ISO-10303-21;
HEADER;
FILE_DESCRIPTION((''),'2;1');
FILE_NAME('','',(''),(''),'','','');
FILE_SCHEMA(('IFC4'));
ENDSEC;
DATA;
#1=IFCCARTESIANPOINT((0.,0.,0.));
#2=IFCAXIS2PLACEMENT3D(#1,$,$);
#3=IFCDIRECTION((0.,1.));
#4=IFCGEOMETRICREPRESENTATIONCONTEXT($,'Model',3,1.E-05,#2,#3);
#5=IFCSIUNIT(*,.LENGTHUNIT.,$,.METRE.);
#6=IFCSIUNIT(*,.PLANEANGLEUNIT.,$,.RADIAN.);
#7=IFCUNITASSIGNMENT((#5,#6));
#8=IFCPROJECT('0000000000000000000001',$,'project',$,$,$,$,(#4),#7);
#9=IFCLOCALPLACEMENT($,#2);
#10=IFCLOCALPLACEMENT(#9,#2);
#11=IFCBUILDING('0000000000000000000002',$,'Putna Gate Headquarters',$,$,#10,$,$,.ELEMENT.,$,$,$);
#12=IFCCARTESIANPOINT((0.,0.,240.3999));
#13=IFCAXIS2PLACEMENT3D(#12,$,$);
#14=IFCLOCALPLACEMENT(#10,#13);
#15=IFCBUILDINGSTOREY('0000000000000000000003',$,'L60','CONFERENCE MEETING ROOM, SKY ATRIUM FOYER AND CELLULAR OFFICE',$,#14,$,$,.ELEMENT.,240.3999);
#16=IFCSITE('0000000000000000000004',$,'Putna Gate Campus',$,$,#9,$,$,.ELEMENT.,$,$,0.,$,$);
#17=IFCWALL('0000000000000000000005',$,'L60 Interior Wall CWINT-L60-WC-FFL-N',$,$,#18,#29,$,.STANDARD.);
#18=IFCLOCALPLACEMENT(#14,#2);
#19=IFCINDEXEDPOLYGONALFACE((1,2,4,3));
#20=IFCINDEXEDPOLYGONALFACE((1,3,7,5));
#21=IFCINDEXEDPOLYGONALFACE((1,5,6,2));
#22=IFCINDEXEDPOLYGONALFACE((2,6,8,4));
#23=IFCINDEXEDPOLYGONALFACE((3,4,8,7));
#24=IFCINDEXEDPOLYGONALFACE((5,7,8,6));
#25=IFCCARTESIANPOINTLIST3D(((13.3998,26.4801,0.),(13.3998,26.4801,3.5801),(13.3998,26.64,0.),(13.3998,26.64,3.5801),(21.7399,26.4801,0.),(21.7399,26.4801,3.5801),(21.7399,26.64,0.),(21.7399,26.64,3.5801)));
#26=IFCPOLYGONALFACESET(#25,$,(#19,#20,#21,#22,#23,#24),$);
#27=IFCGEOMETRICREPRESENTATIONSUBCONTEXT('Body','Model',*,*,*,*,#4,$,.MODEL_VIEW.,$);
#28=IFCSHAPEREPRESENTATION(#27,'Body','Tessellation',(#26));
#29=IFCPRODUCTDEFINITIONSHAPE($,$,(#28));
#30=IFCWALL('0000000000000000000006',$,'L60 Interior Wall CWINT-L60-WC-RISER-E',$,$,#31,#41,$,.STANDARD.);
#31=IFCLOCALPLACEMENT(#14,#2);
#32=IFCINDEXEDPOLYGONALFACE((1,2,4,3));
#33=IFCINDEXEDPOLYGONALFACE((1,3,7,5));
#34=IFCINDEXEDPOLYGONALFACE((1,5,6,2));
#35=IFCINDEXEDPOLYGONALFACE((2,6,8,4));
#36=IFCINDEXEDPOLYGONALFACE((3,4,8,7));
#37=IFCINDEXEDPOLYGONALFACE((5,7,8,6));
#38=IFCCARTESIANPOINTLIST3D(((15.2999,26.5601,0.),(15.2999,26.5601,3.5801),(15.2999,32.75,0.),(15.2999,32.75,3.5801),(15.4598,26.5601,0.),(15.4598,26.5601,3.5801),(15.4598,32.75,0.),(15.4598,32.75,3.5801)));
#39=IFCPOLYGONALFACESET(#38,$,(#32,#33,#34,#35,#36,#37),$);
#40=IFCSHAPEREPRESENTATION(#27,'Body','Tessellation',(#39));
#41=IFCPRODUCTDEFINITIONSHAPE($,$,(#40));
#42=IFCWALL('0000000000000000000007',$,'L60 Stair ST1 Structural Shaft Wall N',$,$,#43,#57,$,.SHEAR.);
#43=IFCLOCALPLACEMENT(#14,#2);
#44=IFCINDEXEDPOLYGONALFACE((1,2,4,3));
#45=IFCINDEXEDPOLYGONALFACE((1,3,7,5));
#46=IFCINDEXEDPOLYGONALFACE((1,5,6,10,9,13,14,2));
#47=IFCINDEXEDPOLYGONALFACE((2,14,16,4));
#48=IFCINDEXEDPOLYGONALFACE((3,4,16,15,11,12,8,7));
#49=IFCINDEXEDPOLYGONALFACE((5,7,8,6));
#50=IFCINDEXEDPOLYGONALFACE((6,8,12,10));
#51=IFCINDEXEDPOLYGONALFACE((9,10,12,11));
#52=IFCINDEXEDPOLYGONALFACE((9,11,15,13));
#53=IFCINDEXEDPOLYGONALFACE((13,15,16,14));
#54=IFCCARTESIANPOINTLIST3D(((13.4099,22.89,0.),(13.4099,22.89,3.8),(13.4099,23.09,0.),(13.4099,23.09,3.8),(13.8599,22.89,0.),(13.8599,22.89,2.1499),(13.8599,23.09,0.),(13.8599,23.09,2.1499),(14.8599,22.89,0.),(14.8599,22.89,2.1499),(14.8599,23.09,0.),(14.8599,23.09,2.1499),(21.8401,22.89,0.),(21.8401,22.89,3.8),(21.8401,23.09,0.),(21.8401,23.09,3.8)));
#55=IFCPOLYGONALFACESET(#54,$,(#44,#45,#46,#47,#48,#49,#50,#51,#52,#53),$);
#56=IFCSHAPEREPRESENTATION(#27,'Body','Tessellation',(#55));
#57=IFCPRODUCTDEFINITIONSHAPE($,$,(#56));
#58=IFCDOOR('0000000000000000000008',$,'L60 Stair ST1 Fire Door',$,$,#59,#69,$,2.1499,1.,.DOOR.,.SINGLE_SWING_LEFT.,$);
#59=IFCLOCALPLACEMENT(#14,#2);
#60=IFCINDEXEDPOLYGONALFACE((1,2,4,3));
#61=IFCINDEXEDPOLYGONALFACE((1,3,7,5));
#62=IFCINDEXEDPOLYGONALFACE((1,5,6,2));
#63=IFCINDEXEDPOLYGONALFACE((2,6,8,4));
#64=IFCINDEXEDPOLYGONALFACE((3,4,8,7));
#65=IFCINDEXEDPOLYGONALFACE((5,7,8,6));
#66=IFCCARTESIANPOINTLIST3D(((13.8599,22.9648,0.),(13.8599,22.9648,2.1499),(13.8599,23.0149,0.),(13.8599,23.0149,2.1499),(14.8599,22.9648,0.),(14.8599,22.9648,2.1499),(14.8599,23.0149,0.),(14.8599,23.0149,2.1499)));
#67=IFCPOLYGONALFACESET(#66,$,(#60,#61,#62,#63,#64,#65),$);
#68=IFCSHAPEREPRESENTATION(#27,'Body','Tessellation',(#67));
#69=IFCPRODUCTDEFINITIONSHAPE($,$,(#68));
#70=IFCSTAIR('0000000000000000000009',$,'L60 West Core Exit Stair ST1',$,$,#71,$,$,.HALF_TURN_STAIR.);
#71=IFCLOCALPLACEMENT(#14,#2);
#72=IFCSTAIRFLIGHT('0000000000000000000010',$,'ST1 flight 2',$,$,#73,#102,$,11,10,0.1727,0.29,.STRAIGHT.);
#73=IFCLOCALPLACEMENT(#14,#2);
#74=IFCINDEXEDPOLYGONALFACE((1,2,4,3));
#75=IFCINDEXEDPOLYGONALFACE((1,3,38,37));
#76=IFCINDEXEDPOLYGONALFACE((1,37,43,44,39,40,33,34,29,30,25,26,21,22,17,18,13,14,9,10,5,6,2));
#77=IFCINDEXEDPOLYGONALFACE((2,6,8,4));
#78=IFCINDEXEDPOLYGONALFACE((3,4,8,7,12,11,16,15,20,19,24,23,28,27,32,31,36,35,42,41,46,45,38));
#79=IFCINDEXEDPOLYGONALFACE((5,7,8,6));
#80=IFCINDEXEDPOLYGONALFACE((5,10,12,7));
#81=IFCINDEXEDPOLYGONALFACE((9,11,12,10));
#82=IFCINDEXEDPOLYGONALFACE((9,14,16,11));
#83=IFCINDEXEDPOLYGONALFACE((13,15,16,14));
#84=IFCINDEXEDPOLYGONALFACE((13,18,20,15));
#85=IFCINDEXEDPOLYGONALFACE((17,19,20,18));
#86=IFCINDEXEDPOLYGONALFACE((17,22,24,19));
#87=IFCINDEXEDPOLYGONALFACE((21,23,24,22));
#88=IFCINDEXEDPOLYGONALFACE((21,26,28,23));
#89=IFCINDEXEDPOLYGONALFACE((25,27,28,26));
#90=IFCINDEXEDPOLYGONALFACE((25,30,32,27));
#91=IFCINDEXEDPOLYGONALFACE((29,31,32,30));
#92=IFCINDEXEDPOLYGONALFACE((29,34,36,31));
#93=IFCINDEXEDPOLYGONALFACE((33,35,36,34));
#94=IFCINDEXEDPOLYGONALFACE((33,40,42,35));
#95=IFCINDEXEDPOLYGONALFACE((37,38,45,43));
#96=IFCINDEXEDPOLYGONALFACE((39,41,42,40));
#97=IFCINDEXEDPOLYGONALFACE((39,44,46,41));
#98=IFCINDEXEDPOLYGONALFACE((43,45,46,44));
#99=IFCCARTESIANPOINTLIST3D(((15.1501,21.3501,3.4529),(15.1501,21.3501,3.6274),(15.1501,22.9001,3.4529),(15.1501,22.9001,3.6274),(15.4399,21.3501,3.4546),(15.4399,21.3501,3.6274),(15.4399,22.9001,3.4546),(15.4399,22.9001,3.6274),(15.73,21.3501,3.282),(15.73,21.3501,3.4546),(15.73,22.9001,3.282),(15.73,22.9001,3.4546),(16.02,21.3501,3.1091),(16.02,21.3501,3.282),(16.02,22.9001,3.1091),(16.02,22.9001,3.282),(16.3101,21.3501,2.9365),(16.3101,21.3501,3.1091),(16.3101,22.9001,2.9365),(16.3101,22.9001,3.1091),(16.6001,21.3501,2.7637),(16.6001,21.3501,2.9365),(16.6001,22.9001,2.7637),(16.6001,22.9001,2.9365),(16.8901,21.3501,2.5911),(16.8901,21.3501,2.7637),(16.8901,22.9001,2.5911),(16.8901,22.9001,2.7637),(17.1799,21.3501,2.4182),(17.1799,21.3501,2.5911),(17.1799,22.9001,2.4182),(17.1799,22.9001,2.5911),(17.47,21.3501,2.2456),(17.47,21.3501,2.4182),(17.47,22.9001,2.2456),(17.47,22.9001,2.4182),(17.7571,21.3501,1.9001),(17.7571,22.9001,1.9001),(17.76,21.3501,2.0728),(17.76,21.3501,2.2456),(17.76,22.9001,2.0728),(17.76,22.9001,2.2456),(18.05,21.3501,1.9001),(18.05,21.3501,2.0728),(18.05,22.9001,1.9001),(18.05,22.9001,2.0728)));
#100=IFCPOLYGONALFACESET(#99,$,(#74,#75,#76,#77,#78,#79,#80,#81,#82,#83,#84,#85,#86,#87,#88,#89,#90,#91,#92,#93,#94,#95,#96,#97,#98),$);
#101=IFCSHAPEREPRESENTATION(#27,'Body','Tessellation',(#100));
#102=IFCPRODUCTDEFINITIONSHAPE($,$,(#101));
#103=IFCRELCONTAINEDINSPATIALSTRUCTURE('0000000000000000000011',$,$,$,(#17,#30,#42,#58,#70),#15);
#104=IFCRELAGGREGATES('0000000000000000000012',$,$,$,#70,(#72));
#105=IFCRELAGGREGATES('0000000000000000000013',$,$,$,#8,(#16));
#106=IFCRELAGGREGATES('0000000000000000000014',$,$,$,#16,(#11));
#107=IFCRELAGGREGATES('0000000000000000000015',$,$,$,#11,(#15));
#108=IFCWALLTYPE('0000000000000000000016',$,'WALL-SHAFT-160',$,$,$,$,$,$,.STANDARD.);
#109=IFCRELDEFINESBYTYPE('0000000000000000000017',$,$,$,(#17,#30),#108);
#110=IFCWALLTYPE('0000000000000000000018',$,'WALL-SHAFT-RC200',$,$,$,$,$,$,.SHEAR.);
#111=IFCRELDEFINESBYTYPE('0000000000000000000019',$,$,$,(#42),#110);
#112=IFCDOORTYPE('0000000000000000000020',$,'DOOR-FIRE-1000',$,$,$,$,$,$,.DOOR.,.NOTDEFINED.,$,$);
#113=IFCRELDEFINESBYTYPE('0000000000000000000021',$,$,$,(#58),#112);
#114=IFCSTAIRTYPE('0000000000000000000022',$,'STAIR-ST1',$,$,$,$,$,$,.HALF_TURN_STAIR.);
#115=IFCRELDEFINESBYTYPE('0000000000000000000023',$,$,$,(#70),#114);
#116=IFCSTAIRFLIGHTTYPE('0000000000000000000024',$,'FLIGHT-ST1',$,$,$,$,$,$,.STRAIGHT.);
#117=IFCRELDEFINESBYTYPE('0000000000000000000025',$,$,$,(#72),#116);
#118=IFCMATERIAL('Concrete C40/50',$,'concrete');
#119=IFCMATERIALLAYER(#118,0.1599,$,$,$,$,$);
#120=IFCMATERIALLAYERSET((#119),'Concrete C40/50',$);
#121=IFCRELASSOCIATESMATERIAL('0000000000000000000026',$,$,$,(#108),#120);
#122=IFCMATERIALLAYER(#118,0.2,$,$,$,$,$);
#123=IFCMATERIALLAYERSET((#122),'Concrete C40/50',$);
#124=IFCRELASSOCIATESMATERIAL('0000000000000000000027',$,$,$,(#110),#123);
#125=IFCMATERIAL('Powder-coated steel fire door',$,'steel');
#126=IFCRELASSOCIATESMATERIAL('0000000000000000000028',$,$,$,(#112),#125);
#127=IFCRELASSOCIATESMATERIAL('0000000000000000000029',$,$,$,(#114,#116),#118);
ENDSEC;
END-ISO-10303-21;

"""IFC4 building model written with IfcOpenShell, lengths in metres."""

from ifc_helpers import new_model, si_unit, direction, frame, frame_2d, origin, place, context, subcontext, project, spatial, polyline, rectangle, outline, extrude, material, layer, layer_set, type_object, element, fill, aggregate, save


model = new_model("IFC4")

# Units and contexts
model_context = context("Model", 3, precision=1e-05, world=origin(), true_north=direction((0.0, 1.0)))
body_context = subcontext(model_context, "Body", "Model", "MODEL_VIEW")
ifc_project = project(units=[si_unit("LENGTHUNIT", "METRE"), si_unit("PLANEANGLEUNIT", "RADIAN")], contexts=[model_context])

# Site, building, storey
site_placement = place(None, origin())
site = spatial("IfcSite", under=ifc_project, at=site_placement, Name="Putna Gate Campus", CompositionType="ELEMENT", RefElevation=0.0)
building_placement = place(site_placement, origin())
building = spatial("IfcBuilding", under=site, at=building_placement, Name="Putna Gate Headquarters", CompositionType="ELEMENT")
storey_placement = place(building_placement, frame((0.0, 0.0, 240.3999)))
storey = spatial("IfcBuildingStorey", under=building, at=storey_placement, Name="L60", Description="CONFERENCE MEETING ROOM, SKY ATRIUM FOYER AND CELLULAR OFFICE", CompositionType="ELEMENT", Elevation=240.3999)

# Walls
ifc_material_1 = material(Name="Concrete C40/50", Category="concrete")
ifc_layer_1 = layer(ifc_material_1, 0.1599)
ifc_layer_set_1 = layer_set([ifc_layer_1], Name="Concrete C40/50")
wall_type_1 = type_object("IfcWallType", Name="WALL-SHAFT-160", PredefinedType="STANDARD", material=ifc_layer_set_1)
wall_1_placement = place(storey_placement, frame((13.3999, 26.5601, 0.0), z_axis=(0.0, 0.0, 1.0), x_axis=(1.0, 0.0, 0.0)))
element("IfcWall", 1, at=wall_1_placement, inside=storey, type_object=wall_type_1, Name="L60 Interior Wall CWINT-L60-WC-FFL-N", PredefinedType="STANDARD", context=body_context, shape_type="SweptSolid", body=[
    extrude(rectangle(XDim=8.3401, YDim=0.1599, at=frame_2d((4.1699, 0.0))), origin(), (0.0, 0.0, 1.0), 3.5801),
])
wall_2_placement = place(storey_placement, frame((15.3799, 26.5601, 0.0), z_axis=(0.0, 0.0, 1.0), x_axis=(0.0, 1.0, 0.0)))
element("IfcWall", 2, at=wall_2_placement, inside=storey, type_object=wall_type_1, Name="L60 Interior Wall CWINT-L60-WC-RISER-E", PredefinedType="STANDARD", context=body_context, shape_type="SweptSolid", body=[
    extrude(rectangle(XDim=6.1899, YDim=0.1599, at=frame_2d((3.095, 0.0))), origin(), (0.0, 0.0, 1.0), 3.5801),
])

# Wall, opening, door
ifc_layer_2 = layer(ifc_material_1, 0.2)
ifc_layer_set_2 = layer_set([ifc_layer_2], Name="Concrete C40/50")
wall_type_2 = type_object("IfcWallType", Name="WALL-SHAFT-RC200", PredefinedType="SHEAR", material=ifc_layer_set_2)
wall_3_placement = place(storey_placement, frame((13.4099, 22.99, 0.0), z_axis=(0.0, 0.0, 1.0), x_axis=(1.0, 0.0, 0.0)))
wall_3 = element("IfcWall", 3, at=wall_3_placement, inside=storey, type_object=wall_type_2, Name="L60 Stair ST1 Structural Shaft Wall N", PredefinedType="SHEAR", context=body_context, shape_type="SweptSolid", body=[
    extrude(rectangle(XDim=8.4302, YDim=0.2, at=frame_2d((4.2151, 0.0))), origin(), (0.0, 0.0, 1.0), 3.8),
])
opening_1_placement = place(wall_3_placement, frame((0.45, 0.0, 0.0)))
opening_1 = element("IfcOpeningElement", 4, at=opening_1_placement, cuts=wall_3, PredefinedType="OPENING", context=body_context, shape_type="SweptSolid", body=[
    extrude(rectangle(XDim=1.0, YDim=2.1499, at=frame_2d((0.5, 1.075))), frame((0.0, 0.1099, 0.0), z_axis=(0.0, -1.0, 0.0), x_axis=(1.0, 0.0, 0.0)), (0.0, 0.0, 1.0), 0.22),
])
ifc_material_2 = material(Name="Powder-coated steel fire door", Category="steel")
door_type_1 = type_object("IfcDoorType", Name="DOOR-FIRE-1000", OperationType="NOTDEFINED", PredefinedType="DOOR", material=ifc_material_2)
door_1_placement = place(opening_1_placement, origin())
door_1 = element("IfcDoor", 5, at=door_1_placement, inside=storey, type_object=door_type_1, Name="L60 Stair ST1 Fire Door", OperationType="SINGLE_SWING_LEFT", OverallHeight=2.1499, OverallWidth=1.0, PredefinedType="DOOR", context=body_context, shape_type="SweptSolid", body=[
    extrude(rectangle(XDim=1.0, YDim=2.1499, at=frame_2d((0.5, 1.075))), frame((0.0, 0.0249, 0.0), z_axis=(0.0, -1.0, 0.0), x_axis=(1.0, 0.0, 0.0)), (0.0, 0.0, 1.0), 0.05),
])
fill(opening_1, door_1)

# Stair, stair flight
stair_type = type_object("IfcStairType", Name="STAIR-ST1", PredefinedType="HALF_TURN_STAIR", material=ifc_material_1)
stair_placement = place(storey_placement, origin())
stair = element("IfcStair", 6, at=stair_placement, inside=storey, type_object=stair_type, Name="L60 West Core Exit Stair ST1", PredefinedType="HALF_TURN_STAIR")
stair_flight_type = type_object("IfcStairFlightType", Name="FLIGHT-ST1", PredefinedType="STRAIGHT", material=ifc_material_1)
stair_flight_placement = place(storey_placement, frame((18.05, 22.125, 1.9001), z_axis=(0.0, 0.0, 1.0), x_axis=(-1.0, 0.0, 0.0)))
stair_flight = element("IfcStairFlight", 7, at=stair_flight_placement, type_object=stair_flight_type, Name="ST1 flight 2", NumberOfRisers=11, NumberOfTreads=10, PredefinedType="STRAIGHT", RiserHeight=0.1727, TreadLength=0.29, context=body_context, shape_type="SweptSolid", body=[
    extrude(outline(polyline([(0.0, 0.0), (0.0, 0.1726), (0.29, 0.1726), (0.29, 0.3455), (0.5801, 0.3455), (0.5801, 0.5181), (0.8701, 0.5181), (0.8701, 0.6909), (1.1599, 0.6909), (1.1599, 0.8635), (1.45, 0.8635), (1.45, 1.0364), (1.74, 1.0364), (1.74, 1.209), (2.03, 1.209), (2.03, 1.3818), (2.3201, 1.3818), (2.3201, 1.5544), (2.6101, 1.5544), (2.6101, 1.7273), (2.8999, 1.7273), (2.8999, 1.8999), (2.8999, 1.5527), (0.293, 0.0), (0.0, 0.0)])), frame((0.0, 0.7749, 0.0), z_axis=(0.0, -1.0, 0.0), x_axis=(1.0, 0.0, 0.0)), (0.0, 0.0, 1.0), 1.55),
])
aggregate(stair, [stair_flight])

save(model, "model.ifc")
